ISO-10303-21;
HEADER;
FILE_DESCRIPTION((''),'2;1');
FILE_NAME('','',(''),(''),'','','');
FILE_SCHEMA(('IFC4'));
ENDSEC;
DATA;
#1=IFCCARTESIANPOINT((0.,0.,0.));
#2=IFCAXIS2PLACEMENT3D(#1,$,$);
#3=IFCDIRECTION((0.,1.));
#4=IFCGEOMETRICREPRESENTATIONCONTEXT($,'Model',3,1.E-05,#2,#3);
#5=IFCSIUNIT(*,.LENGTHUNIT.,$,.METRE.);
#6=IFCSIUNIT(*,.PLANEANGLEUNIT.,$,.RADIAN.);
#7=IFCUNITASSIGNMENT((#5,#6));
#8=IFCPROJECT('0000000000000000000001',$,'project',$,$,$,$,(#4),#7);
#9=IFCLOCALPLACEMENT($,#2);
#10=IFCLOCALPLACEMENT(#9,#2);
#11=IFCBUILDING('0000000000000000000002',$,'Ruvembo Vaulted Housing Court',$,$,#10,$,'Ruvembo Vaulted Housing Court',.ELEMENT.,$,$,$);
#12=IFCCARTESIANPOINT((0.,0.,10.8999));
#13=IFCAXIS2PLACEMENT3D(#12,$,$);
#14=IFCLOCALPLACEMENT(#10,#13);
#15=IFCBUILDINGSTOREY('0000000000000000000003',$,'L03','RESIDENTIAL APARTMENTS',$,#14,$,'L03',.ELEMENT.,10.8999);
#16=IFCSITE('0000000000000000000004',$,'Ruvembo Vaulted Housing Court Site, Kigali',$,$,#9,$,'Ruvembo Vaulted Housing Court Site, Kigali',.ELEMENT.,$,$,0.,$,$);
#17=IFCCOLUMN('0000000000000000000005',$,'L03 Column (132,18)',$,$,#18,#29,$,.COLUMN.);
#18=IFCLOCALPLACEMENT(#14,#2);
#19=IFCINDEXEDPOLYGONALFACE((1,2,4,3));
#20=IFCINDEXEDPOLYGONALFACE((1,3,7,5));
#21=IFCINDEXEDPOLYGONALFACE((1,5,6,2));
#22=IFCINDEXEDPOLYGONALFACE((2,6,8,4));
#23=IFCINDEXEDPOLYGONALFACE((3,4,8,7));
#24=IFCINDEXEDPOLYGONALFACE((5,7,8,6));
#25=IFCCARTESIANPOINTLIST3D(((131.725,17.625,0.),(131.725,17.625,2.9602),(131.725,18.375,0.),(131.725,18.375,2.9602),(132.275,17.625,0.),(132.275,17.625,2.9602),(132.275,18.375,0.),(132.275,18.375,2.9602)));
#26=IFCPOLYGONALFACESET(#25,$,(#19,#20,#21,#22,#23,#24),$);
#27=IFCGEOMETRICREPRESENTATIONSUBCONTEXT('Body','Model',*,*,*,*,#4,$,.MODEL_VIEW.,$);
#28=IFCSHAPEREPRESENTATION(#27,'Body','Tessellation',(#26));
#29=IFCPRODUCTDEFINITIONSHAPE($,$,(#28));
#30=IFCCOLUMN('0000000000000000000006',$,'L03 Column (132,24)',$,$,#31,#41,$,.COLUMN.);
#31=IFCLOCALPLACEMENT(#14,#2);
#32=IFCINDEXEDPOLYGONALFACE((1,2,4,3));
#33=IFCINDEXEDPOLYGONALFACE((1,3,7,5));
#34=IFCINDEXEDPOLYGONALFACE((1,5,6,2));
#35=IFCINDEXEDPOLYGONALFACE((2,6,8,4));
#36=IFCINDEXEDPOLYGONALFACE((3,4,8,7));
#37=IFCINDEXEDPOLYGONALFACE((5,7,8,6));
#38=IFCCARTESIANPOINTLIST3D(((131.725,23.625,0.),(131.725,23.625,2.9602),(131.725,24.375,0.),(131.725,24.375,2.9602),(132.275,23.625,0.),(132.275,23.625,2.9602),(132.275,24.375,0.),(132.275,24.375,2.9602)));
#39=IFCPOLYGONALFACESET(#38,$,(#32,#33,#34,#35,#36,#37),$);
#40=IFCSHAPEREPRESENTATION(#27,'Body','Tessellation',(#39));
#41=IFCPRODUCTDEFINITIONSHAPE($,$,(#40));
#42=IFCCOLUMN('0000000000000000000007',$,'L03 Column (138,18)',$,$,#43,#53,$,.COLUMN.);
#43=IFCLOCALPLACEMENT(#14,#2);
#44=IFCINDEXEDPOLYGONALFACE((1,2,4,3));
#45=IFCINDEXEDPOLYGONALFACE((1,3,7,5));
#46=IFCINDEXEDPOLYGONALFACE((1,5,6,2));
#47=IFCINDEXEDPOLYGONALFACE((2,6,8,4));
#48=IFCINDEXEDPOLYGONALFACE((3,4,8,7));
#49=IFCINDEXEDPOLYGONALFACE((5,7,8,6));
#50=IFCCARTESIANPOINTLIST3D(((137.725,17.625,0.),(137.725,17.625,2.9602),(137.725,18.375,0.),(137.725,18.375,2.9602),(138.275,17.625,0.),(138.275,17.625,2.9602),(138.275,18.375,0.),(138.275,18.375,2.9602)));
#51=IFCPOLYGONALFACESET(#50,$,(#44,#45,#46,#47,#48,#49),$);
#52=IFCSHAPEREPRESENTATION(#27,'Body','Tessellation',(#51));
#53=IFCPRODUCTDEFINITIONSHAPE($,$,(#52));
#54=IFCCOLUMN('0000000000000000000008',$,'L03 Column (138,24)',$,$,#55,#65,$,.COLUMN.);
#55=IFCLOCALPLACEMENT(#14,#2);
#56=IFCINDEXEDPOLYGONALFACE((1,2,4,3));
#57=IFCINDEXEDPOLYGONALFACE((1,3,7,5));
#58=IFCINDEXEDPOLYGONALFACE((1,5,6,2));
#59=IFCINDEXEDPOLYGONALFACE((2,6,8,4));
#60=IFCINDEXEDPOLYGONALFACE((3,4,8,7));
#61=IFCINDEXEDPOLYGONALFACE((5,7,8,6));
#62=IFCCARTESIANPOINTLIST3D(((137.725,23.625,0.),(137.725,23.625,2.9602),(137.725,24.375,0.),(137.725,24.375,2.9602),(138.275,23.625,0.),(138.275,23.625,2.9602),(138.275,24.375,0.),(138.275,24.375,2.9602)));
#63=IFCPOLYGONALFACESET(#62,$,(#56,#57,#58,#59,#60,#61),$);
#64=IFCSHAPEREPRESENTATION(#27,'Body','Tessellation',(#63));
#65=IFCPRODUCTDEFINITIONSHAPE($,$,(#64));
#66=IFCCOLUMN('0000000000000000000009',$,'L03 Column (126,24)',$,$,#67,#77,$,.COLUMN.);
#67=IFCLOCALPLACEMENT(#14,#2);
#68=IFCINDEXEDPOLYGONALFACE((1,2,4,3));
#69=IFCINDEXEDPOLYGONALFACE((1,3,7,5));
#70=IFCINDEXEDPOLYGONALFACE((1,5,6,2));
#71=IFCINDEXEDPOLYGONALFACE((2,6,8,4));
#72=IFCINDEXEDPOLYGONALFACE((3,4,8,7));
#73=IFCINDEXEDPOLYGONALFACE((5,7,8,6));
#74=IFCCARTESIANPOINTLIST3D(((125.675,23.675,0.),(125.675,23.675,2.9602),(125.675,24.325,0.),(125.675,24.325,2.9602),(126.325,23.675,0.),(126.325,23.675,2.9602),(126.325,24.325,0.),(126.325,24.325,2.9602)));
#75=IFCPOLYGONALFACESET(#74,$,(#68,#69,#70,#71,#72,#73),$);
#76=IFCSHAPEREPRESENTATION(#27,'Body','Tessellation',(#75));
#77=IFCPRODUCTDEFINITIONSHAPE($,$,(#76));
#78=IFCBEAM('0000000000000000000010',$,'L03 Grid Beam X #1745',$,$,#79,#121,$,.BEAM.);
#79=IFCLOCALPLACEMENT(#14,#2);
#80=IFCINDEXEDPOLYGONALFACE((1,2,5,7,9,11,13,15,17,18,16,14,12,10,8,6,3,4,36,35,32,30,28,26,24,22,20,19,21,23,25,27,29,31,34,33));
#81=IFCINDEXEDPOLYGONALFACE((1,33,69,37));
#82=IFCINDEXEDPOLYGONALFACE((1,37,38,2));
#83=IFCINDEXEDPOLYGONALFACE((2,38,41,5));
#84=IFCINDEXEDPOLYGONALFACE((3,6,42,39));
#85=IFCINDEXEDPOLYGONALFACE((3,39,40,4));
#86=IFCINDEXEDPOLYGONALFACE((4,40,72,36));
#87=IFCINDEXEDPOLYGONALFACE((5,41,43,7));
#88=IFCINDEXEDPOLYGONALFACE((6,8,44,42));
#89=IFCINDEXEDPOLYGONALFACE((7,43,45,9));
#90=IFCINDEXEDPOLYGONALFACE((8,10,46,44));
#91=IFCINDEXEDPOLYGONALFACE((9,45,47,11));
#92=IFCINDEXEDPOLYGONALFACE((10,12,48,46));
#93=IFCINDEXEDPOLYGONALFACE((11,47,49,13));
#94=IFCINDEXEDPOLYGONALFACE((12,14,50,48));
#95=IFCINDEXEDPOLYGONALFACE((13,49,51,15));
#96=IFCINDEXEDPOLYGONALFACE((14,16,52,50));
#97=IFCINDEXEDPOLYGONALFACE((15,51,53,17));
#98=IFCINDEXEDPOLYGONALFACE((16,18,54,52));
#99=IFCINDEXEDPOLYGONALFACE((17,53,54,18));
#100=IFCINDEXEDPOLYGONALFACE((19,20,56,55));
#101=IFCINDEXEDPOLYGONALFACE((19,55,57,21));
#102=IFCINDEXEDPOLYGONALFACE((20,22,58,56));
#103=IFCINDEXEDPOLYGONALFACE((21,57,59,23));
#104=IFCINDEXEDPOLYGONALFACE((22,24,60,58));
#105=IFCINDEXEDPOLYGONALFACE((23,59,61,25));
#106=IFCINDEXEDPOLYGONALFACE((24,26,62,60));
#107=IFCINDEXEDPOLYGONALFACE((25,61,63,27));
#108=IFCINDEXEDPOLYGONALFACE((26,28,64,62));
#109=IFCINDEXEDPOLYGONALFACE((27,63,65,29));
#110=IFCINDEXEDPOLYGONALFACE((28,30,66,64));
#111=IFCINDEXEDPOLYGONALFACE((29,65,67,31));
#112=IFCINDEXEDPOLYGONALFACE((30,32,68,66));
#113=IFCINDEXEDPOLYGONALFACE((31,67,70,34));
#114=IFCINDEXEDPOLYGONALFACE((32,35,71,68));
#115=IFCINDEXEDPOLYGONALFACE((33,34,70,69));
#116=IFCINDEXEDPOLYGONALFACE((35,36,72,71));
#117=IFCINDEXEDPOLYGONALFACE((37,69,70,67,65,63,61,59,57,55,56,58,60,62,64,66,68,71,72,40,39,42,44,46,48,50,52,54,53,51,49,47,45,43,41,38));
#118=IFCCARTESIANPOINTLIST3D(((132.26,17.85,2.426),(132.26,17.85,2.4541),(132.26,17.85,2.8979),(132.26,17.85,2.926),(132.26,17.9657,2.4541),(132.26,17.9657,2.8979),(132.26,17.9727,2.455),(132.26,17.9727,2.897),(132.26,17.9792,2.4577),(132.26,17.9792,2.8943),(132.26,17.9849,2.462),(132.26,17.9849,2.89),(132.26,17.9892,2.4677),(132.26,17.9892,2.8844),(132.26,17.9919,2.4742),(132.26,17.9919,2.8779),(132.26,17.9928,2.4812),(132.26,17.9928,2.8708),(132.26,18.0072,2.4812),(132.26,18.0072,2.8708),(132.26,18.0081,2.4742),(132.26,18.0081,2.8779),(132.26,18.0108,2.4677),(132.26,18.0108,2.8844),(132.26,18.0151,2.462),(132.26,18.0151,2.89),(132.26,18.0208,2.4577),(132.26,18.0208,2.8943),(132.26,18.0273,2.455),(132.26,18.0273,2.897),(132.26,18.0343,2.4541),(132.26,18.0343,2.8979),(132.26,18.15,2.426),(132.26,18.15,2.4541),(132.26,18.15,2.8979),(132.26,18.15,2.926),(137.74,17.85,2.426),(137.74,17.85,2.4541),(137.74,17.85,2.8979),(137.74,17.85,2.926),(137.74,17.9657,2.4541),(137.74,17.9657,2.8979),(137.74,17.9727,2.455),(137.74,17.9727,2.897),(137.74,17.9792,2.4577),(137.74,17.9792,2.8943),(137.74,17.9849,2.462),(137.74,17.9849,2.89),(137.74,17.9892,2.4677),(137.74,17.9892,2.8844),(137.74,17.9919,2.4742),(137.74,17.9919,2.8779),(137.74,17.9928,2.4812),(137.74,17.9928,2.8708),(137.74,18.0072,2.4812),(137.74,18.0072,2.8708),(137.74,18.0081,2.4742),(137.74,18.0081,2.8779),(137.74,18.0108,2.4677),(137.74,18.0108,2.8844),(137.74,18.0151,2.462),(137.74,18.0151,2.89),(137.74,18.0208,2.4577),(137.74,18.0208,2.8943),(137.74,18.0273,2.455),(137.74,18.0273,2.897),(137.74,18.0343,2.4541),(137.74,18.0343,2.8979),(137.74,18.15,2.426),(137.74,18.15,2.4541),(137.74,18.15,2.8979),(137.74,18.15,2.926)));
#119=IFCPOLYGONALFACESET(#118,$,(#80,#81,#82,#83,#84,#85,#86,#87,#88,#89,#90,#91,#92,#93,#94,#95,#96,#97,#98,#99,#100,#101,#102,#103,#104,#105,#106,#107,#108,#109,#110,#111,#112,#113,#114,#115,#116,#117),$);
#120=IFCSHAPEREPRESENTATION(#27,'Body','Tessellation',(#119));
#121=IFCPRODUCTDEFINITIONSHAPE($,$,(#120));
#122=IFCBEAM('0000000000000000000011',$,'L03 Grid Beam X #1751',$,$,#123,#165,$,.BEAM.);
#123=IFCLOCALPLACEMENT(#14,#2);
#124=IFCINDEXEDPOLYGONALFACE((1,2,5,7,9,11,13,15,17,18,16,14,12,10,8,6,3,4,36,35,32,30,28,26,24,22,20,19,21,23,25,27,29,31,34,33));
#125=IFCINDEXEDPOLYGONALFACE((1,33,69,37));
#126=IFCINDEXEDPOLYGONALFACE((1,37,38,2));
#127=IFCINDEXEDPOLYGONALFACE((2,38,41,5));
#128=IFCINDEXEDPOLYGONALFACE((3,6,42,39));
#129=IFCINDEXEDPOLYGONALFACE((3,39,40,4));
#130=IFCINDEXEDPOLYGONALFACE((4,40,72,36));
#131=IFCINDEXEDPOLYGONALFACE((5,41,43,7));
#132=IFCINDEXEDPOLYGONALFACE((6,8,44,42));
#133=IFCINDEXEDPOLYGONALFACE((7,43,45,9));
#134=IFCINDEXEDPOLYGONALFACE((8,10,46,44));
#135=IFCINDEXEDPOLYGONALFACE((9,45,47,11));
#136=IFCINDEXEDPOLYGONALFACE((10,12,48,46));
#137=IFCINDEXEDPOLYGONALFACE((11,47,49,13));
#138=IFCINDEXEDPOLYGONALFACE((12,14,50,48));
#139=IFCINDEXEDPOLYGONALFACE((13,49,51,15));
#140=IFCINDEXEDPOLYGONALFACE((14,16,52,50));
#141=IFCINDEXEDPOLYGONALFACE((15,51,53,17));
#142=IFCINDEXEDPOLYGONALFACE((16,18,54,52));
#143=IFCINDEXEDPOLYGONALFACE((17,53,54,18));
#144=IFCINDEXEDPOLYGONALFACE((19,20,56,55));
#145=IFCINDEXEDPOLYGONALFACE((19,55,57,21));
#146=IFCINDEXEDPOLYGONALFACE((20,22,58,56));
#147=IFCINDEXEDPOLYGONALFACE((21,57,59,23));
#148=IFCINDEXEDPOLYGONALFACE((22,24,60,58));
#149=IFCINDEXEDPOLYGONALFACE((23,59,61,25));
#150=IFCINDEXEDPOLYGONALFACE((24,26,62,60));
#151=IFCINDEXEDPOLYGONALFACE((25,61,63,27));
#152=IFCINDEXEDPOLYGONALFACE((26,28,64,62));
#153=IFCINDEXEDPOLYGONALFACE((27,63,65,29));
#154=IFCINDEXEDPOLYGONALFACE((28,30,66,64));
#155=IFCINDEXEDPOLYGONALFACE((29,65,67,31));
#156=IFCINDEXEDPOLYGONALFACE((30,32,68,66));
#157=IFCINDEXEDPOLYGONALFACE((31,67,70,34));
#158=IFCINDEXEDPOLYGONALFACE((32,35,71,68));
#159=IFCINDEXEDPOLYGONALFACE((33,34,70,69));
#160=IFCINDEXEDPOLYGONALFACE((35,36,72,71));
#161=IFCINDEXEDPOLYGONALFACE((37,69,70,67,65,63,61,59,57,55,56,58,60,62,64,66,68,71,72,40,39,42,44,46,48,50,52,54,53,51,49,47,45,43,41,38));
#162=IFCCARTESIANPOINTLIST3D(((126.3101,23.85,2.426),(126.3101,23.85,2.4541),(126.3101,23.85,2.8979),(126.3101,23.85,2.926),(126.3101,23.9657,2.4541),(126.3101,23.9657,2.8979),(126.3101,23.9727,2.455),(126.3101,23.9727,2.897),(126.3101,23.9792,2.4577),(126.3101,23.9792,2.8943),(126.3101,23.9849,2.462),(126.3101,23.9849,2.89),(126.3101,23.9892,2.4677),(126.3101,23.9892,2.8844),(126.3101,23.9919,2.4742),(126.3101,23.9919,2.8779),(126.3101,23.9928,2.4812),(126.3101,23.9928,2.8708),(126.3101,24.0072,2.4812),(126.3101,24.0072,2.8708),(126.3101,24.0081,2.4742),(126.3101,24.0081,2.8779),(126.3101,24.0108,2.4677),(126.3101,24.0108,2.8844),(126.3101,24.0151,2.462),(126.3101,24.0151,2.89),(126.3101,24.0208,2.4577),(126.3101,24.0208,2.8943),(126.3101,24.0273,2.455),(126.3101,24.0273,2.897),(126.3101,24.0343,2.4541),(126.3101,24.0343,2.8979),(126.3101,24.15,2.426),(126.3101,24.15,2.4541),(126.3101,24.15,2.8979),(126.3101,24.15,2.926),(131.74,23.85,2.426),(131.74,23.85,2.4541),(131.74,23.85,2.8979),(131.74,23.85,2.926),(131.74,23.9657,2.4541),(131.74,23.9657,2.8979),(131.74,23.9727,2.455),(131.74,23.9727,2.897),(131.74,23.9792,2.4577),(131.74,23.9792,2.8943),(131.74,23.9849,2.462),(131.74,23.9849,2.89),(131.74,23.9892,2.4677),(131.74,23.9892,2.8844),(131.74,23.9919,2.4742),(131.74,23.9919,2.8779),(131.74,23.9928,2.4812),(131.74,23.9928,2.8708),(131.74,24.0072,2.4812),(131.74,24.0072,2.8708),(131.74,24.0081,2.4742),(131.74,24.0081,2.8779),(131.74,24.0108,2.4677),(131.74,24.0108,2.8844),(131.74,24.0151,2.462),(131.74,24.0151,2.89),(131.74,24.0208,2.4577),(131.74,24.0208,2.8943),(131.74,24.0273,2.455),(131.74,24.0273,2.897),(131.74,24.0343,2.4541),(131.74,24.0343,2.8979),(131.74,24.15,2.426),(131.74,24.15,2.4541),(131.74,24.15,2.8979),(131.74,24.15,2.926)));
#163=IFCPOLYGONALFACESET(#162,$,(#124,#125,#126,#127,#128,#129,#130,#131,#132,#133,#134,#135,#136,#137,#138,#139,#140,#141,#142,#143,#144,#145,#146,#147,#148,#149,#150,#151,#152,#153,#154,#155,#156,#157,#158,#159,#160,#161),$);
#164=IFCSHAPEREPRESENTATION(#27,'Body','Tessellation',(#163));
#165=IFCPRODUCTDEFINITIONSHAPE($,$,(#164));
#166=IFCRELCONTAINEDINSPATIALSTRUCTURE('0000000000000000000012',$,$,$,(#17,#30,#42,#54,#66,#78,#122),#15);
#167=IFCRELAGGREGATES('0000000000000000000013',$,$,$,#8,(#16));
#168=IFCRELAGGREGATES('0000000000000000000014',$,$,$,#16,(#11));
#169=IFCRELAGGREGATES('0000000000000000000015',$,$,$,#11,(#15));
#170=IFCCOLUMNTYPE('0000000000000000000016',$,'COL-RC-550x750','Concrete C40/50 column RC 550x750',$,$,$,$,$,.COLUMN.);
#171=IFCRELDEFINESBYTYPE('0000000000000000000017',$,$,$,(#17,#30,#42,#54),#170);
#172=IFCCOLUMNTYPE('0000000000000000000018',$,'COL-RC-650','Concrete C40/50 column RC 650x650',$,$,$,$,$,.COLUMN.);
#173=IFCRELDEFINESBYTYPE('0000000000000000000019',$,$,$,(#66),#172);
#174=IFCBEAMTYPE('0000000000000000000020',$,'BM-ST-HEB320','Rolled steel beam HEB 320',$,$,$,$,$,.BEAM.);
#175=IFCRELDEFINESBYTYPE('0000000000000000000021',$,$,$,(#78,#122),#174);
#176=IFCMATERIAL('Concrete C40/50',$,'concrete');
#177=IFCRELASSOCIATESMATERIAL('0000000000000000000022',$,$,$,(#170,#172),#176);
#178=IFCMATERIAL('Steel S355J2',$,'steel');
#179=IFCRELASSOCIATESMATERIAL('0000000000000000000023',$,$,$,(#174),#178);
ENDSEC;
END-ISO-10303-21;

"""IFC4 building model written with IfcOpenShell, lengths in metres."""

from ifc_helpers import new_model, si_unit, direction, frame, origin, origin_2d, place, context, subcontext, project, spatial, rectangle, i_section, extrude, material, material_profile, profile_set, type_object, element, save


model = new_model("IFC4")

# Units and contexts
model_context = context("Model", 3, precision=1e-05, world=origin(), true_north=direction((0.0, 1.0)))
body_context = subcontext(model_context, "Body", "Model", "MODEL_VIEW")
ifc_project = project(units=[si_unit("LENGTHUNIT", "METRE"), si_unit("PLANEANGLEUNIT", "RADIAN")], contexts=[model_context])

# Site, building, storey
site_placement = place(None, origin())
site = spatial("IfcSite", under=ifc_project, at=site_placement, Name="Ruvembo Vaulted Housing Court Site, Kigali", LongName="Ruvembo Vaulted Housing Court Site, Kigali", CompositionType="ELEMENT", RefElevation=0.0)
building_placement = place(site_placement, origin())
building = spatial("IfcBuilding", under=site, at=building_placement, Name="Ruvembo Vaulted Housing Court", LongName="Ruvembo Vaulted Housing Court", CompositionType="ELEMENT")
storey_placement = place(building_placement, frame((0.0, 0.0, 10.8999)))
storey = spatial("IfcBuildingStorey", under=building, at=storey_placement, Name="L03", Description="RESIDENTIAL APARTMENTS", LongName="L03", CompositionType="ELEMENT", Elevation=10.8999)

# Columns
ifc_material_1 = material(Name="Concrete C40/50", Category="concrete")
ifc_material_profile_1 = material_profile(ifc_material_1, rectangle(XDim=0.55, YDim=0.75, at=origin_2d()), Name="RC 550x750")
ifc_profile_set_1 = profile_set([ifc_material_profile_1], Name="Concrete C40/50")
column_type_1 = type_object("IfcColumnType", Name="COL-RC-550x750", Description="Concrete C40/50 column RC 550x750", PredefinedType="COLUMN", material=ifc_profile_set_1)
for number, where, z_axis, x_axis, name in (
    (1, (132.0, 18.0, 0.0), (0.0, 0.0, 1.0), (1.0, 0.0, 0.0), "L03 Column (132,18)"),
    (2, (132.0, 24.0, 0.0), (0.0, 0.0, 1.0), (1.0, 0.0, 0.0), "L03 Column (132,24)"),
    (3, (138.0, 18.0, 0.0), (0.0, 0.0, 1.0), (1.0, 0.0, 0.0), "L03 Column (138,18)"),
    (4, (138.0, 24.0, 0.0), (0.0, 0.0, 1.0), (1.0, 0.0, 0.0), "L03 Column (138,24)"),
):
    element("IfcColumn", number, at=place(storey_placement, frame(where, z_axis=z_axis, x_axis=x_axis)), inside=storey, type_object=column_type_1, Name=name, PredefinedType="COLUMN", context=body_context, shape_type="SweptSolid", body=[
        extrude(rectangle(XDim=0.55, YDim=0.75, at=origin_2d()), origin(), (0.0, 0.0, 1.0), 2.9602),
    ])
ifc_material_profile_2 = material_profile(ifc_material_1, rectangle(XDim=0.6499, YDim=0.6499, at=origin_2d()), Name="RC 650x650")
ifc_profile_set_2 = profile_set([ifc_material_profile_2], Name="Concrete C40/50")
column_type_2 = type_object("IfcColumnType", Name="COL-RC-650", Description="Concrete C40/50 column RC 650x650", PredefinedType="COLUMN", material=ifc_profile_set_2)
column_placement = place(storey_placement, frame((126.0, 24.0, 0.0), z_axis=(0.0, 0.0, 1.0), x_axis=(1.0, 0.0, 0.0)))
element("IfcColumn", 5, at=column_placement, inside=storey, type_object=column_type_2, Name="L03 Column (126,24)", PredefinedType="COLUMN", context=body_context, shape_type="SweptSolid", body=[
    extrude(rectangle(XDim=0.6499, YDim=0.6499, at=origin_2d()), origin(), (0.0, 0.0, 1.0), 2.9602),
])

# Beams
ifc_material_2 = material(Name="Steel S355J2", Category="steel")
ifc_material_profile_3 = material_profile(ifc_material_2, i_section(OverallWidth=0.3, OverallDepth=0.5, WebThickness=0.0144, FlangeThickness=0.0281, FilletRadius=0.0271, at=origin_2d()), Name="HEB 320")
ifc_profile_set_3 = profile_set([ifc_material_profile_3], Name="Steel S355J2")
beam_type_1 = type_object("IfcBeamType", Name="BM-ST-HEB320", Description="Rolled steel beam HEB 320", PredefinedType="BEAM", material=ifc_profile_set_3)
beam_1_placement = place(storey_placement, frame((132.26, 18.0, 2.676), z_axis=(1.0, 0.0, 0.0), x_axis=(0.0, 1.0, 0.0)))
element("IfcBeam", 6, at=beam_1_placement, inside=storey, type_object=beam_type_1, Name="L03 Grid Beam X #1745", PredefinedType="BEAM", context=body_context, shape_type="SweptSolid", body=[
    extrude(i_section(OverallWidth=0.3, OverallDepth=0.5, WebThickness=0.0144, FlangeThickness=0.0281, FilletRadius=0.0271, at=origin_2d()), origin(), (0.0, 0.0, 1.0), 5.48),
])
beam_2_placement = place(storey_placement, frame((126.3101, 24.0, 2.676), z_axis=(1.0, 0.0, 0.0), x_axis=(0.0, 1.0, 0.0)))
element("IfcBeam", 7, at=beam_2_placement, inside=storey, type_object=beam_type_1, Name="L03 Grid Beam X #1751", PredefinedType="BEAM", context=body_context, shape_type="SweptSolid", body=[
    extrude(i_section(OverallWidth=0.3, OverallDepth=0.5, WebThickness=0.0144, FlangeThickness=0.0281, FilletRadius=0.0271, at=origin_2d()), origin(), (0.0, 0.0, 1.0), 5.4299),
])

save(model, "model.ifc")
